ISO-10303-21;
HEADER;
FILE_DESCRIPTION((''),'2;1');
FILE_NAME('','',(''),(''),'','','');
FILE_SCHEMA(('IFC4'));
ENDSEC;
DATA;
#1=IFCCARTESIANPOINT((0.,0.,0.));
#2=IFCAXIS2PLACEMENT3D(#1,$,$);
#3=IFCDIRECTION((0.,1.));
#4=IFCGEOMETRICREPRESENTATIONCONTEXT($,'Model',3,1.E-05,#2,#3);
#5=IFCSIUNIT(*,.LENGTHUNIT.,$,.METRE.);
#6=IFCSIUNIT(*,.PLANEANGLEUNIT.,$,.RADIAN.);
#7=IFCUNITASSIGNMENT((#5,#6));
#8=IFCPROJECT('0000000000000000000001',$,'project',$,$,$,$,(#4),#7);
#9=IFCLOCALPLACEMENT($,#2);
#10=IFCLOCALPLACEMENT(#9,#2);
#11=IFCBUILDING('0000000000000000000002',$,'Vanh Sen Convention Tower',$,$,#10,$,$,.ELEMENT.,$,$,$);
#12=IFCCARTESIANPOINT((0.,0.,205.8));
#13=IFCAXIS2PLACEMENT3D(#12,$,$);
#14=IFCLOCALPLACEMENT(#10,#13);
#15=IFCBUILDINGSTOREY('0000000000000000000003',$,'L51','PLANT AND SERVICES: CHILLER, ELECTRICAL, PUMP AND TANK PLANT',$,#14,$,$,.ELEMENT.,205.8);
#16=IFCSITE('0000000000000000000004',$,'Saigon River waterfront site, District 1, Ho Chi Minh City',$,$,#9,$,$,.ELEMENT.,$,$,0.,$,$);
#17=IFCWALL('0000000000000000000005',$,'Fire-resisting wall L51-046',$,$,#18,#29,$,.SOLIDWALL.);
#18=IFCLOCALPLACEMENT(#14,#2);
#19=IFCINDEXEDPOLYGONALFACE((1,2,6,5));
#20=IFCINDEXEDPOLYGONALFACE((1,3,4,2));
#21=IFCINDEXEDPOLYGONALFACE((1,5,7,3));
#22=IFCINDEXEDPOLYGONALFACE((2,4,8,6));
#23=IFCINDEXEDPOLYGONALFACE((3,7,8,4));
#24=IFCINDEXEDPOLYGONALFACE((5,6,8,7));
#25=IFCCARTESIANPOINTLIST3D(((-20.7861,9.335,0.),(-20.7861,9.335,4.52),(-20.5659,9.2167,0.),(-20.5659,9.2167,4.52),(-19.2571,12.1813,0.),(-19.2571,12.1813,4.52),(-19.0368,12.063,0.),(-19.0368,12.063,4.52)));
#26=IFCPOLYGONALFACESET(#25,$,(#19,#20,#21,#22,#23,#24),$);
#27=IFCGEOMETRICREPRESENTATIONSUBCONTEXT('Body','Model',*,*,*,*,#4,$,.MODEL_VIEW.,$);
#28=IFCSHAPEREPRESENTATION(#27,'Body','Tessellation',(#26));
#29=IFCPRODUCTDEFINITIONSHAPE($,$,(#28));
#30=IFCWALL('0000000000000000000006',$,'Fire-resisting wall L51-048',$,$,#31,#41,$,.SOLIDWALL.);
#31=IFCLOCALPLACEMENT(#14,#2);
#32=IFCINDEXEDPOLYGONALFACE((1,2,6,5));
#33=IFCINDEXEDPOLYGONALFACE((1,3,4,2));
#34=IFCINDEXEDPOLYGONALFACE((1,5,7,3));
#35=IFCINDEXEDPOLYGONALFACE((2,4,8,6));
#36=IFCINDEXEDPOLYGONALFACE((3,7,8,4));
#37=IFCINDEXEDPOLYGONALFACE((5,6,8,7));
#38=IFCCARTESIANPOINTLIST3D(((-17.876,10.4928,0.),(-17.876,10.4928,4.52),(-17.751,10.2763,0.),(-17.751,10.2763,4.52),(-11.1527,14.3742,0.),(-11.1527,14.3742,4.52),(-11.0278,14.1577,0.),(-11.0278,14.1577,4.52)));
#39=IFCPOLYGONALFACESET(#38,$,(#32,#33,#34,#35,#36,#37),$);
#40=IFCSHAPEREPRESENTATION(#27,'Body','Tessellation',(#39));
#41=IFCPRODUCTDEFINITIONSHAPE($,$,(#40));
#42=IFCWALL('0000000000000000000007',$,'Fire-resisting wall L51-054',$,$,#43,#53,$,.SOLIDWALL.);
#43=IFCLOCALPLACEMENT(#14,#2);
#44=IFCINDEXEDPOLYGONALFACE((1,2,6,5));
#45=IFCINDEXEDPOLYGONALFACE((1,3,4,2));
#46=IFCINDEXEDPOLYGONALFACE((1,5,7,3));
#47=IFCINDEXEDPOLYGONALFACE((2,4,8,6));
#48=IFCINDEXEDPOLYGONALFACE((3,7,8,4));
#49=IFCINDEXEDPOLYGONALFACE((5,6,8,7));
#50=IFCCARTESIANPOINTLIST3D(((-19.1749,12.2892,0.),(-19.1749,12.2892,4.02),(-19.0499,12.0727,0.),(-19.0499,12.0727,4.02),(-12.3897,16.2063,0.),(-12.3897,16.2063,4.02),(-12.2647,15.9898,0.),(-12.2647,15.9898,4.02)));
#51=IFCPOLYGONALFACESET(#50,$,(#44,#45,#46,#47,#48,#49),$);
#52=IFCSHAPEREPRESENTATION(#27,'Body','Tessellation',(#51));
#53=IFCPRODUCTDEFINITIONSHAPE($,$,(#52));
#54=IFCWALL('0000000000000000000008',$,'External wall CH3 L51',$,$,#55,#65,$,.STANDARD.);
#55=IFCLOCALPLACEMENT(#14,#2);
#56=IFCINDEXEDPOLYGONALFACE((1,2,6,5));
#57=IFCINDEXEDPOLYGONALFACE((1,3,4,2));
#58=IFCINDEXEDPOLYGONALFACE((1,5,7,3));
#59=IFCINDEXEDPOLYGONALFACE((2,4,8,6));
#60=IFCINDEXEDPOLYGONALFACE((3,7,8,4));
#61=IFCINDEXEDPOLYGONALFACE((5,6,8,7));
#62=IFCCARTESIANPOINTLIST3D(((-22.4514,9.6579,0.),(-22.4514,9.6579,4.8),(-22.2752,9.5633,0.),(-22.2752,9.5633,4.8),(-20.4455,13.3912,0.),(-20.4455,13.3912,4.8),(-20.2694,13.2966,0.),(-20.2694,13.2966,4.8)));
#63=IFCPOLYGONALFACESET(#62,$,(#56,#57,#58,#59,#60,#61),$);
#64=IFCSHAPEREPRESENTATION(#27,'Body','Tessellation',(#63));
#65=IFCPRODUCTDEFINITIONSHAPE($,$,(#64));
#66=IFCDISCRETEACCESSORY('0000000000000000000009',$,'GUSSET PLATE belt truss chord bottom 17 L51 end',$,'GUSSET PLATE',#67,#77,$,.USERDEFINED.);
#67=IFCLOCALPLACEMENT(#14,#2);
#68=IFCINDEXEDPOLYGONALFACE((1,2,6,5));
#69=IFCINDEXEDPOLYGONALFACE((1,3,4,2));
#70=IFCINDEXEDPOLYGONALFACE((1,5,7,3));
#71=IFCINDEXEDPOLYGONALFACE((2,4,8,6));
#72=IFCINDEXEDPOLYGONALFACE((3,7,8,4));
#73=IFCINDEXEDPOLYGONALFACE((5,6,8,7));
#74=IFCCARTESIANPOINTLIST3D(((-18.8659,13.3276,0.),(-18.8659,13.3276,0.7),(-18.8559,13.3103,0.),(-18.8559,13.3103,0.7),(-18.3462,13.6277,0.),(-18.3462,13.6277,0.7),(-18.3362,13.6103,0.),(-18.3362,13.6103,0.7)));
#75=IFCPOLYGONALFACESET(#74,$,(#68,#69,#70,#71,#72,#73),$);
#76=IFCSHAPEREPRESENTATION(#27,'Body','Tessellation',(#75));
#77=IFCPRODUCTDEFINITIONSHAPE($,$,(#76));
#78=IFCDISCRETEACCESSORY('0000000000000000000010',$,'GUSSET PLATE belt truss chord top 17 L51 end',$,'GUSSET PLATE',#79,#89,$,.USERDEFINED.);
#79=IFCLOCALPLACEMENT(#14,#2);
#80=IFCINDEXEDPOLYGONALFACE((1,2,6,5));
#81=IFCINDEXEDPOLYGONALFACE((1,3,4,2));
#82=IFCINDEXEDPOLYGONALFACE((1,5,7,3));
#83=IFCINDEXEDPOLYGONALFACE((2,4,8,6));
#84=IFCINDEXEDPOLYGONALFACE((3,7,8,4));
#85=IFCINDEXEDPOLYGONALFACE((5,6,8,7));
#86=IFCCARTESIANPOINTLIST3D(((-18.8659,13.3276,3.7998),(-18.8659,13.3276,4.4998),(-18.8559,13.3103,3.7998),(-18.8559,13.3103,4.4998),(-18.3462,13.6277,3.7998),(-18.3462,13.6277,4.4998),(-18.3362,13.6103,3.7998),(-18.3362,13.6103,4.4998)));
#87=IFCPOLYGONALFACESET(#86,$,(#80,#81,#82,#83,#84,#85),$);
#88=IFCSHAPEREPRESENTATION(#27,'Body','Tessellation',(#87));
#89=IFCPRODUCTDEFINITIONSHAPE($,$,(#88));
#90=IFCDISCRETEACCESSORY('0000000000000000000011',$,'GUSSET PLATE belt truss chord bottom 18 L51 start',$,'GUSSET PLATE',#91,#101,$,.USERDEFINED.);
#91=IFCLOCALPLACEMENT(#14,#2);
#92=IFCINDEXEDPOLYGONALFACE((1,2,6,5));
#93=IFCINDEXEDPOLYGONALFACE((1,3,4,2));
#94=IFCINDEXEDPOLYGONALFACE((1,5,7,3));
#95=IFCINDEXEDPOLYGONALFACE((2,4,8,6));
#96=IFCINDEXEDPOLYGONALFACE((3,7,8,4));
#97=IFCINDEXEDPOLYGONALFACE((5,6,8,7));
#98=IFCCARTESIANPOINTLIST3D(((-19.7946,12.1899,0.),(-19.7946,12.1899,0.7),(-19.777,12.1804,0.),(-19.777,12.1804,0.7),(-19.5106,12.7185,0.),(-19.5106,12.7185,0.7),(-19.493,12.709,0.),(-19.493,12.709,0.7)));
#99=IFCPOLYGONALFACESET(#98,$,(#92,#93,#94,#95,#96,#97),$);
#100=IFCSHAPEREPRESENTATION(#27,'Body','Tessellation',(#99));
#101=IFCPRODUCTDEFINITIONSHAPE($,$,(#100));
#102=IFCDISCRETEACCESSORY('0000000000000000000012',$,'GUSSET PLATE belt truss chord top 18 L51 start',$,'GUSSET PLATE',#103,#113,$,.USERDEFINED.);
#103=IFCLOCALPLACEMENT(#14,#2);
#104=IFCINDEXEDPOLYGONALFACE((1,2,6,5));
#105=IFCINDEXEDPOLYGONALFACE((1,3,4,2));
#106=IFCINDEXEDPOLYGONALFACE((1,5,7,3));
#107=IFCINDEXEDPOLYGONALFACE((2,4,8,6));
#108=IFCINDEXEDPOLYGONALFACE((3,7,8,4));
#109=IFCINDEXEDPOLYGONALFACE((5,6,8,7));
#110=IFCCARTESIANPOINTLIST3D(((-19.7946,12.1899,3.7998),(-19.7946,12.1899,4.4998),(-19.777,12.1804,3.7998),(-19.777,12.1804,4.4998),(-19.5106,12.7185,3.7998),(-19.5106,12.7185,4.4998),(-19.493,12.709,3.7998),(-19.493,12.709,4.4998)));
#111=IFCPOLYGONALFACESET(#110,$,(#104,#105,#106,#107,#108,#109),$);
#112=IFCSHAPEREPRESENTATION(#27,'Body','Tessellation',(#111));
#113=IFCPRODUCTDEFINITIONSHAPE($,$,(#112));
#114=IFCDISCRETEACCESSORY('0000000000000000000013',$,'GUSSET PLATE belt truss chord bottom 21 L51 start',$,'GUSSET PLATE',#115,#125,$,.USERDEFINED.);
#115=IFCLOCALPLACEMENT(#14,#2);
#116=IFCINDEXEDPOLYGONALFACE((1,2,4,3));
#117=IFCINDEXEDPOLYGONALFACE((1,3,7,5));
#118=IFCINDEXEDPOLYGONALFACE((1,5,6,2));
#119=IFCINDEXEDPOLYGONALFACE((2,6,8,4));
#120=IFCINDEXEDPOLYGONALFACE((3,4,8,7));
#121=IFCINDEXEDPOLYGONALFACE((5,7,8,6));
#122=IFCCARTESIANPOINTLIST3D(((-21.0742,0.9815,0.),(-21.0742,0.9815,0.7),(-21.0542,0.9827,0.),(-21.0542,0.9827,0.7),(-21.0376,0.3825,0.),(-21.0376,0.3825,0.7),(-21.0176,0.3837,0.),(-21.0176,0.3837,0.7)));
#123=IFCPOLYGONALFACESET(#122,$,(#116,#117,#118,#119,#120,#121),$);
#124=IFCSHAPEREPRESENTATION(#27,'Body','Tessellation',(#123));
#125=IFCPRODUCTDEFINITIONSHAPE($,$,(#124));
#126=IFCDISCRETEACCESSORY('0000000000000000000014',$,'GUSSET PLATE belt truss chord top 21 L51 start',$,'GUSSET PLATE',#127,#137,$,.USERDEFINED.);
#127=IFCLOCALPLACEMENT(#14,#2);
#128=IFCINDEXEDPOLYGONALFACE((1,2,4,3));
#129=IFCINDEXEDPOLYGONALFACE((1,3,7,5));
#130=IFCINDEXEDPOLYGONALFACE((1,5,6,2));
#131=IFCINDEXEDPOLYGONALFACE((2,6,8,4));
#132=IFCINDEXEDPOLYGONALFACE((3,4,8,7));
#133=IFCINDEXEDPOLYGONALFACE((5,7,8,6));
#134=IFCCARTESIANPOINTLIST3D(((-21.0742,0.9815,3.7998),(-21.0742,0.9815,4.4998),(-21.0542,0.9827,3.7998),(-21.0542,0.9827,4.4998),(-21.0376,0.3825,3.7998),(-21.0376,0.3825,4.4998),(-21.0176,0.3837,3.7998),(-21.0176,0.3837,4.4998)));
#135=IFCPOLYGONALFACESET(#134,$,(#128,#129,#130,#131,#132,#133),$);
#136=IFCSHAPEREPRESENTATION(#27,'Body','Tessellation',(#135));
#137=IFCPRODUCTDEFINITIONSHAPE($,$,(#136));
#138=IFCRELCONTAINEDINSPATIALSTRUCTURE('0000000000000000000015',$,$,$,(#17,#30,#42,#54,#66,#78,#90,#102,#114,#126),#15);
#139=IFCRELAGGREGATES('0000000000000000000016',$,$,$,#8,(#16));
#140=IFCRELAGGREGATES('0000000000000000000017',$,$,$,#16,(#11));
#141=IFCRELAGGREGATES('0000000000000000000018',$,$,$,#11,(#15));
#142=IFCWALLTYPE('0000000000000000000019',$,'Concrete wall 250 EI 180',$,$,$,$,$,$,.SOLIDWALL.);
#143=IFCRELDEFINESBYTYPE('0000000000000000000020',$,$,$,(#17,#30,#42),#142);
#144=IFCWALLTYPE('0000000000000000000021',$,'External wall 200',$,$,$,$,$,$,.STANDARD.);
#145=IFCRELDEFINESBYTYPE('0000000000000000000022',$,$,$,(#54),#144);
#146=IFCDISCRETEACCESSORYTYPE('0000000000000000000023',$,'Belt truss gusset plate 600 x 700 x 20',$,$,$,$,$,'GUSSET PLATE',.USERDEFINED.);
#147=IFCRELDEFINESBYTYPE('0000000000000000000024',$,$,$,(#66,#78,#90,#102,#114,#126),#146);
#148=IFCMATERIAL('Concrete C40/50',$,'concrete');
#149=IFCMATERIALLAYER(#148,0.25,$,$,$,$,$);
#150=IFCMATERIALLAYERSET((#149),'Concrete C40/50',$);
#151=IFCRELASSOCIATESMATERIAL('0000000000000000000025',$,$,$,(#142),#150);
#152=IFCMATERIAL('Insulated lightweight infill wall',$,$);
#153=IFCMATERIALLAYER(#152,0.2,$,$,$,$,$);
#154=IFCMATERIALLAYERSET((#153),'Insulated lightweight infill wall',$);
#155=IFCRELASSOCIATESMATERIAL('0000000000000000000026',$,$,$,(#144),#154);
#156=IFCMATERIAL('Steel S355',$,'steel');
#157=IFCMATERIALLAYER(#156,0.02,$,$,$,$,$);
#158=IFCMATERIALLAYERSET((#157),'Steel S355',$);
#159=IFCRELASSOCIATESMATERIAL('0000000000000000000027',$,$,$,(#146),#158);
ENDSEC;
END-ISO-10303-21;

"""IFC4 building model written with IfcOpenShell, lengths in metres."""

from ifc_helpers import new_model, si_unit, direction, frame, frame_2d, origin, origin_2d, place, context, subcontext, project, spatial, rectangle, extrude, material, layer, layer_set, type_object, element, save


model = new_model("IFC4")

# Units and contexts
model_context = context("Model", 3, precision=1e-05, world=origin(), true_north=direction((0.0, 1.0)))
body_context = subcontext(model_context, "Body", "Model", "MODEL_VIEW")
ifc_project = project(units=[si_unit("LENGTHUNIT", "METRE"), si_unit("PLANEANGLEUNIT", "RADIAN")], contexts=[model_context])

# Site, building, storey
site_placement = place(None, origin())
site = spatial("IfcSite", under=ifc_project, at=site_placement, Name="Saigon River waterfront site, District 1, Ho Chi Minh City", CompositionType="ELEMENT", RefElevation=0.0)
building_placement = place(site_placement, origin())
building = spatial("IfcBuilding", under=site, at=building_placement, Name="Vanh Sen Convention Tower", CompositionType="ELEMENT")
storey_placement = place(building_placement, frame((0.0, 0.0, 205.8)))
storey = spatial("IfcBuildingStorey", under=building, at=storey_placement, Name="L51", Description="PLANT AND SERVICES: CHILLER, ELECTRICAL, PUMP AND TANK PLANT", CompositionType="ELEMENT", Elevation=205.8)

# Shared definitions
ifc_material_1 = material(Name="Steel S355", Category="steel")

# Walls
ifc_material_2 = material(Name="Concrete C40/50", Category="concrete")
ifc_layer_1 = layer(ifc_material_2, 0.25)
ifc_layer_set_1 = layer_set([ifc_layer_1], Name="Concrete C40/50")
wall_type_1 = type_object("IfcWallType", Name="Concrete wall 250 EI 180", PredefinedType="SOLIDWALL", material=ifc_layer_set_1)
wall_1_placement = place(storey_placement, frame((-20.676, 9.2759, 0.0), z_axis=(0.0, 0.0, 1.0), x_axis=(0.473257, 0.880924, 0.0)))
element("IfcWall", 1, at=wall_1_placement, inside=storey, type_object=wall_type_1, Name="Fire-resisting wall L51-046", PredefinedType="SOLIDWALL", context=body_context, shape_type="SweptSolid", body=[
    extrude(rectangle(XDim=3.231, YDim=0.25, at=frame_2d((1.6155, 0.0))), origin(), (0.0, 0.0, 1.0), 4.52),
])
wall_2_placement = place(storey_placement, frame((-17.8135, 10.3845, 0.0), z_axis=(0.0, 0.0, 1.0), x_axis=(0.86604, 0.499975, 0.0)))
element("IfcWall", 2, at=wall_2_placement, inside=storey, type_object=wall_type_1, Name="Fire-resisting wall L51-048", PredefinedType="SOLIDWALL", context=body_context, shape_type="SweptSolid", body=[
    extrude(rectangle(XDim=7.7632, YDim=0.25, at=frame_2d((3.8816, 0.0))), origin(), (0.0, 0.0, 1.0), 4.52),
])
wall_3_placement = place(storey_placement, frame((-19.1125, 12.1809, 0.0), z_axis=(0.0, 0.0, 1.0), x_axis=(0.866049, 0.49996, 0.0)))
element("IfcWall", 3, at=wall_3_placement, inside=storey, type_object=wall_type_1, Name="Fire-resisting wall L51-054", PredefinedType="SOLIDWALL", context=body_context, shape_type="SweptSolid", body=[
    extrude(rectangle(XDim=7.8347, YDim=0.25, at=frame_2d((3.9175, 0.0))), origin(), (0.0, 0.0, 1.0), 4.02),
])
ifc_material_3 = material(Name="Insulated lightweight infill wall")
ifc_layer_2 = layer(ifc_material_3, 0.2)
ifc_layer_set_2 = layer_set([ifc_layer_2], Name="Insulated lightweight infill wall")
wall_type_2 = type_object("IfcWallType", Name="External wall 200", PredefinedType="STANDARD", material=ifc_layer_set_2)
wall_4_placement = place(storey_placement, frame((-20.3574, 13.344, 0.0), z_axis=(0.0, 0.0, 1.0), x_axis=(-0.473289, -0.880907, 0.0)))
element("IfcWall", 4, at=wall_4_placement, inside=storey, type_object=wall_type_2, Name="External wall CH3 L51", PredefinedType="STANDARD", context=body_context, shape_type="SweptSolid", body=[
    extrude(rectangle(XDim=4.238, YDim=0.2, at=frame_2d((2.1191, 0.0))), origin(), (0.0, 0.0, 1.0), 4.8),
])

# Discrete accessories
ifc_layer_3 = layer(ifc_material_1, 0.02)
ifc_layer_set_3 = layer_set([ifc_layer_3], Name="Steel S355")
discrete_accessory_type = type_object("IfcDiscreteAccessoryType", Name="Belt truss gusset plate 600 x 700 x 20", ElementType="GUSSET PLATE", PredefinedType="USERDEFINED", material=ifc_layer_set_3)
for number, where, z_axis, x_axis, name in (
    (5, (-18.6011, 13.469, 0.0), (0.0, 0.0, 1.0), (0.866035, 0.499983, 0.0), "GUSSET PLATE belt truss chord bottom 17 L51 end"),
    (6, (-18.6011, 13.469, 3.7998), (0.0, 0.0, 1.0), (0.866035, 0.499983, 0.0), "GUSSET PLATE belt truss chord top 17 L51 end"),
    (7, (-19.6438, 12.4495, 0.0), (0.0, 0.0, 1.0), (-0.473318, -0.880892, 0.0), "GUSSET PLATE belt truss chord bottom 18 L51 start"),
    (8, (-19.6438, 12.4495, 3.7998), (0.0, 0.0, 1.0), (-0.473318, -0.880892, 0.0), "GUSSET PLATE belt truss chord top 18 L51 start"),
    (9, (-21.0459, 0.6826, 0.0), (0.0, 0.0, 1.0), (0.061054, -0.998134, 0.0), "GUSSET PLATE belt truss chord bottom 21 L51 start"),
    (10, (-21.0459, 0.6826, 3.7998), (0.0, 0.0, 1.0), (0.061054, -0.998134, 0.0), "GUSSET PLATE belt truss chord top 21 L51 start"),
):
    element("IfcDiscreteAccessory", number, at=place(storey_placement, frame(where, z_axis=z_axis, x_axis=x_axis)), inside=storey, type_object=discrete_accessory_type, Name=name, ObjectType="GUSSET PLATE", PredefinedType="USERDEFINED", context=body_context, shape_type="SweptSolid", body=[
        extrude(rectangle(XDim=0.6001, YDim=0.02, at=origin_2d()), origin(), (0.0, 0.0, 1.0), 0.7),
    ])

save(model, "model.ifc")
